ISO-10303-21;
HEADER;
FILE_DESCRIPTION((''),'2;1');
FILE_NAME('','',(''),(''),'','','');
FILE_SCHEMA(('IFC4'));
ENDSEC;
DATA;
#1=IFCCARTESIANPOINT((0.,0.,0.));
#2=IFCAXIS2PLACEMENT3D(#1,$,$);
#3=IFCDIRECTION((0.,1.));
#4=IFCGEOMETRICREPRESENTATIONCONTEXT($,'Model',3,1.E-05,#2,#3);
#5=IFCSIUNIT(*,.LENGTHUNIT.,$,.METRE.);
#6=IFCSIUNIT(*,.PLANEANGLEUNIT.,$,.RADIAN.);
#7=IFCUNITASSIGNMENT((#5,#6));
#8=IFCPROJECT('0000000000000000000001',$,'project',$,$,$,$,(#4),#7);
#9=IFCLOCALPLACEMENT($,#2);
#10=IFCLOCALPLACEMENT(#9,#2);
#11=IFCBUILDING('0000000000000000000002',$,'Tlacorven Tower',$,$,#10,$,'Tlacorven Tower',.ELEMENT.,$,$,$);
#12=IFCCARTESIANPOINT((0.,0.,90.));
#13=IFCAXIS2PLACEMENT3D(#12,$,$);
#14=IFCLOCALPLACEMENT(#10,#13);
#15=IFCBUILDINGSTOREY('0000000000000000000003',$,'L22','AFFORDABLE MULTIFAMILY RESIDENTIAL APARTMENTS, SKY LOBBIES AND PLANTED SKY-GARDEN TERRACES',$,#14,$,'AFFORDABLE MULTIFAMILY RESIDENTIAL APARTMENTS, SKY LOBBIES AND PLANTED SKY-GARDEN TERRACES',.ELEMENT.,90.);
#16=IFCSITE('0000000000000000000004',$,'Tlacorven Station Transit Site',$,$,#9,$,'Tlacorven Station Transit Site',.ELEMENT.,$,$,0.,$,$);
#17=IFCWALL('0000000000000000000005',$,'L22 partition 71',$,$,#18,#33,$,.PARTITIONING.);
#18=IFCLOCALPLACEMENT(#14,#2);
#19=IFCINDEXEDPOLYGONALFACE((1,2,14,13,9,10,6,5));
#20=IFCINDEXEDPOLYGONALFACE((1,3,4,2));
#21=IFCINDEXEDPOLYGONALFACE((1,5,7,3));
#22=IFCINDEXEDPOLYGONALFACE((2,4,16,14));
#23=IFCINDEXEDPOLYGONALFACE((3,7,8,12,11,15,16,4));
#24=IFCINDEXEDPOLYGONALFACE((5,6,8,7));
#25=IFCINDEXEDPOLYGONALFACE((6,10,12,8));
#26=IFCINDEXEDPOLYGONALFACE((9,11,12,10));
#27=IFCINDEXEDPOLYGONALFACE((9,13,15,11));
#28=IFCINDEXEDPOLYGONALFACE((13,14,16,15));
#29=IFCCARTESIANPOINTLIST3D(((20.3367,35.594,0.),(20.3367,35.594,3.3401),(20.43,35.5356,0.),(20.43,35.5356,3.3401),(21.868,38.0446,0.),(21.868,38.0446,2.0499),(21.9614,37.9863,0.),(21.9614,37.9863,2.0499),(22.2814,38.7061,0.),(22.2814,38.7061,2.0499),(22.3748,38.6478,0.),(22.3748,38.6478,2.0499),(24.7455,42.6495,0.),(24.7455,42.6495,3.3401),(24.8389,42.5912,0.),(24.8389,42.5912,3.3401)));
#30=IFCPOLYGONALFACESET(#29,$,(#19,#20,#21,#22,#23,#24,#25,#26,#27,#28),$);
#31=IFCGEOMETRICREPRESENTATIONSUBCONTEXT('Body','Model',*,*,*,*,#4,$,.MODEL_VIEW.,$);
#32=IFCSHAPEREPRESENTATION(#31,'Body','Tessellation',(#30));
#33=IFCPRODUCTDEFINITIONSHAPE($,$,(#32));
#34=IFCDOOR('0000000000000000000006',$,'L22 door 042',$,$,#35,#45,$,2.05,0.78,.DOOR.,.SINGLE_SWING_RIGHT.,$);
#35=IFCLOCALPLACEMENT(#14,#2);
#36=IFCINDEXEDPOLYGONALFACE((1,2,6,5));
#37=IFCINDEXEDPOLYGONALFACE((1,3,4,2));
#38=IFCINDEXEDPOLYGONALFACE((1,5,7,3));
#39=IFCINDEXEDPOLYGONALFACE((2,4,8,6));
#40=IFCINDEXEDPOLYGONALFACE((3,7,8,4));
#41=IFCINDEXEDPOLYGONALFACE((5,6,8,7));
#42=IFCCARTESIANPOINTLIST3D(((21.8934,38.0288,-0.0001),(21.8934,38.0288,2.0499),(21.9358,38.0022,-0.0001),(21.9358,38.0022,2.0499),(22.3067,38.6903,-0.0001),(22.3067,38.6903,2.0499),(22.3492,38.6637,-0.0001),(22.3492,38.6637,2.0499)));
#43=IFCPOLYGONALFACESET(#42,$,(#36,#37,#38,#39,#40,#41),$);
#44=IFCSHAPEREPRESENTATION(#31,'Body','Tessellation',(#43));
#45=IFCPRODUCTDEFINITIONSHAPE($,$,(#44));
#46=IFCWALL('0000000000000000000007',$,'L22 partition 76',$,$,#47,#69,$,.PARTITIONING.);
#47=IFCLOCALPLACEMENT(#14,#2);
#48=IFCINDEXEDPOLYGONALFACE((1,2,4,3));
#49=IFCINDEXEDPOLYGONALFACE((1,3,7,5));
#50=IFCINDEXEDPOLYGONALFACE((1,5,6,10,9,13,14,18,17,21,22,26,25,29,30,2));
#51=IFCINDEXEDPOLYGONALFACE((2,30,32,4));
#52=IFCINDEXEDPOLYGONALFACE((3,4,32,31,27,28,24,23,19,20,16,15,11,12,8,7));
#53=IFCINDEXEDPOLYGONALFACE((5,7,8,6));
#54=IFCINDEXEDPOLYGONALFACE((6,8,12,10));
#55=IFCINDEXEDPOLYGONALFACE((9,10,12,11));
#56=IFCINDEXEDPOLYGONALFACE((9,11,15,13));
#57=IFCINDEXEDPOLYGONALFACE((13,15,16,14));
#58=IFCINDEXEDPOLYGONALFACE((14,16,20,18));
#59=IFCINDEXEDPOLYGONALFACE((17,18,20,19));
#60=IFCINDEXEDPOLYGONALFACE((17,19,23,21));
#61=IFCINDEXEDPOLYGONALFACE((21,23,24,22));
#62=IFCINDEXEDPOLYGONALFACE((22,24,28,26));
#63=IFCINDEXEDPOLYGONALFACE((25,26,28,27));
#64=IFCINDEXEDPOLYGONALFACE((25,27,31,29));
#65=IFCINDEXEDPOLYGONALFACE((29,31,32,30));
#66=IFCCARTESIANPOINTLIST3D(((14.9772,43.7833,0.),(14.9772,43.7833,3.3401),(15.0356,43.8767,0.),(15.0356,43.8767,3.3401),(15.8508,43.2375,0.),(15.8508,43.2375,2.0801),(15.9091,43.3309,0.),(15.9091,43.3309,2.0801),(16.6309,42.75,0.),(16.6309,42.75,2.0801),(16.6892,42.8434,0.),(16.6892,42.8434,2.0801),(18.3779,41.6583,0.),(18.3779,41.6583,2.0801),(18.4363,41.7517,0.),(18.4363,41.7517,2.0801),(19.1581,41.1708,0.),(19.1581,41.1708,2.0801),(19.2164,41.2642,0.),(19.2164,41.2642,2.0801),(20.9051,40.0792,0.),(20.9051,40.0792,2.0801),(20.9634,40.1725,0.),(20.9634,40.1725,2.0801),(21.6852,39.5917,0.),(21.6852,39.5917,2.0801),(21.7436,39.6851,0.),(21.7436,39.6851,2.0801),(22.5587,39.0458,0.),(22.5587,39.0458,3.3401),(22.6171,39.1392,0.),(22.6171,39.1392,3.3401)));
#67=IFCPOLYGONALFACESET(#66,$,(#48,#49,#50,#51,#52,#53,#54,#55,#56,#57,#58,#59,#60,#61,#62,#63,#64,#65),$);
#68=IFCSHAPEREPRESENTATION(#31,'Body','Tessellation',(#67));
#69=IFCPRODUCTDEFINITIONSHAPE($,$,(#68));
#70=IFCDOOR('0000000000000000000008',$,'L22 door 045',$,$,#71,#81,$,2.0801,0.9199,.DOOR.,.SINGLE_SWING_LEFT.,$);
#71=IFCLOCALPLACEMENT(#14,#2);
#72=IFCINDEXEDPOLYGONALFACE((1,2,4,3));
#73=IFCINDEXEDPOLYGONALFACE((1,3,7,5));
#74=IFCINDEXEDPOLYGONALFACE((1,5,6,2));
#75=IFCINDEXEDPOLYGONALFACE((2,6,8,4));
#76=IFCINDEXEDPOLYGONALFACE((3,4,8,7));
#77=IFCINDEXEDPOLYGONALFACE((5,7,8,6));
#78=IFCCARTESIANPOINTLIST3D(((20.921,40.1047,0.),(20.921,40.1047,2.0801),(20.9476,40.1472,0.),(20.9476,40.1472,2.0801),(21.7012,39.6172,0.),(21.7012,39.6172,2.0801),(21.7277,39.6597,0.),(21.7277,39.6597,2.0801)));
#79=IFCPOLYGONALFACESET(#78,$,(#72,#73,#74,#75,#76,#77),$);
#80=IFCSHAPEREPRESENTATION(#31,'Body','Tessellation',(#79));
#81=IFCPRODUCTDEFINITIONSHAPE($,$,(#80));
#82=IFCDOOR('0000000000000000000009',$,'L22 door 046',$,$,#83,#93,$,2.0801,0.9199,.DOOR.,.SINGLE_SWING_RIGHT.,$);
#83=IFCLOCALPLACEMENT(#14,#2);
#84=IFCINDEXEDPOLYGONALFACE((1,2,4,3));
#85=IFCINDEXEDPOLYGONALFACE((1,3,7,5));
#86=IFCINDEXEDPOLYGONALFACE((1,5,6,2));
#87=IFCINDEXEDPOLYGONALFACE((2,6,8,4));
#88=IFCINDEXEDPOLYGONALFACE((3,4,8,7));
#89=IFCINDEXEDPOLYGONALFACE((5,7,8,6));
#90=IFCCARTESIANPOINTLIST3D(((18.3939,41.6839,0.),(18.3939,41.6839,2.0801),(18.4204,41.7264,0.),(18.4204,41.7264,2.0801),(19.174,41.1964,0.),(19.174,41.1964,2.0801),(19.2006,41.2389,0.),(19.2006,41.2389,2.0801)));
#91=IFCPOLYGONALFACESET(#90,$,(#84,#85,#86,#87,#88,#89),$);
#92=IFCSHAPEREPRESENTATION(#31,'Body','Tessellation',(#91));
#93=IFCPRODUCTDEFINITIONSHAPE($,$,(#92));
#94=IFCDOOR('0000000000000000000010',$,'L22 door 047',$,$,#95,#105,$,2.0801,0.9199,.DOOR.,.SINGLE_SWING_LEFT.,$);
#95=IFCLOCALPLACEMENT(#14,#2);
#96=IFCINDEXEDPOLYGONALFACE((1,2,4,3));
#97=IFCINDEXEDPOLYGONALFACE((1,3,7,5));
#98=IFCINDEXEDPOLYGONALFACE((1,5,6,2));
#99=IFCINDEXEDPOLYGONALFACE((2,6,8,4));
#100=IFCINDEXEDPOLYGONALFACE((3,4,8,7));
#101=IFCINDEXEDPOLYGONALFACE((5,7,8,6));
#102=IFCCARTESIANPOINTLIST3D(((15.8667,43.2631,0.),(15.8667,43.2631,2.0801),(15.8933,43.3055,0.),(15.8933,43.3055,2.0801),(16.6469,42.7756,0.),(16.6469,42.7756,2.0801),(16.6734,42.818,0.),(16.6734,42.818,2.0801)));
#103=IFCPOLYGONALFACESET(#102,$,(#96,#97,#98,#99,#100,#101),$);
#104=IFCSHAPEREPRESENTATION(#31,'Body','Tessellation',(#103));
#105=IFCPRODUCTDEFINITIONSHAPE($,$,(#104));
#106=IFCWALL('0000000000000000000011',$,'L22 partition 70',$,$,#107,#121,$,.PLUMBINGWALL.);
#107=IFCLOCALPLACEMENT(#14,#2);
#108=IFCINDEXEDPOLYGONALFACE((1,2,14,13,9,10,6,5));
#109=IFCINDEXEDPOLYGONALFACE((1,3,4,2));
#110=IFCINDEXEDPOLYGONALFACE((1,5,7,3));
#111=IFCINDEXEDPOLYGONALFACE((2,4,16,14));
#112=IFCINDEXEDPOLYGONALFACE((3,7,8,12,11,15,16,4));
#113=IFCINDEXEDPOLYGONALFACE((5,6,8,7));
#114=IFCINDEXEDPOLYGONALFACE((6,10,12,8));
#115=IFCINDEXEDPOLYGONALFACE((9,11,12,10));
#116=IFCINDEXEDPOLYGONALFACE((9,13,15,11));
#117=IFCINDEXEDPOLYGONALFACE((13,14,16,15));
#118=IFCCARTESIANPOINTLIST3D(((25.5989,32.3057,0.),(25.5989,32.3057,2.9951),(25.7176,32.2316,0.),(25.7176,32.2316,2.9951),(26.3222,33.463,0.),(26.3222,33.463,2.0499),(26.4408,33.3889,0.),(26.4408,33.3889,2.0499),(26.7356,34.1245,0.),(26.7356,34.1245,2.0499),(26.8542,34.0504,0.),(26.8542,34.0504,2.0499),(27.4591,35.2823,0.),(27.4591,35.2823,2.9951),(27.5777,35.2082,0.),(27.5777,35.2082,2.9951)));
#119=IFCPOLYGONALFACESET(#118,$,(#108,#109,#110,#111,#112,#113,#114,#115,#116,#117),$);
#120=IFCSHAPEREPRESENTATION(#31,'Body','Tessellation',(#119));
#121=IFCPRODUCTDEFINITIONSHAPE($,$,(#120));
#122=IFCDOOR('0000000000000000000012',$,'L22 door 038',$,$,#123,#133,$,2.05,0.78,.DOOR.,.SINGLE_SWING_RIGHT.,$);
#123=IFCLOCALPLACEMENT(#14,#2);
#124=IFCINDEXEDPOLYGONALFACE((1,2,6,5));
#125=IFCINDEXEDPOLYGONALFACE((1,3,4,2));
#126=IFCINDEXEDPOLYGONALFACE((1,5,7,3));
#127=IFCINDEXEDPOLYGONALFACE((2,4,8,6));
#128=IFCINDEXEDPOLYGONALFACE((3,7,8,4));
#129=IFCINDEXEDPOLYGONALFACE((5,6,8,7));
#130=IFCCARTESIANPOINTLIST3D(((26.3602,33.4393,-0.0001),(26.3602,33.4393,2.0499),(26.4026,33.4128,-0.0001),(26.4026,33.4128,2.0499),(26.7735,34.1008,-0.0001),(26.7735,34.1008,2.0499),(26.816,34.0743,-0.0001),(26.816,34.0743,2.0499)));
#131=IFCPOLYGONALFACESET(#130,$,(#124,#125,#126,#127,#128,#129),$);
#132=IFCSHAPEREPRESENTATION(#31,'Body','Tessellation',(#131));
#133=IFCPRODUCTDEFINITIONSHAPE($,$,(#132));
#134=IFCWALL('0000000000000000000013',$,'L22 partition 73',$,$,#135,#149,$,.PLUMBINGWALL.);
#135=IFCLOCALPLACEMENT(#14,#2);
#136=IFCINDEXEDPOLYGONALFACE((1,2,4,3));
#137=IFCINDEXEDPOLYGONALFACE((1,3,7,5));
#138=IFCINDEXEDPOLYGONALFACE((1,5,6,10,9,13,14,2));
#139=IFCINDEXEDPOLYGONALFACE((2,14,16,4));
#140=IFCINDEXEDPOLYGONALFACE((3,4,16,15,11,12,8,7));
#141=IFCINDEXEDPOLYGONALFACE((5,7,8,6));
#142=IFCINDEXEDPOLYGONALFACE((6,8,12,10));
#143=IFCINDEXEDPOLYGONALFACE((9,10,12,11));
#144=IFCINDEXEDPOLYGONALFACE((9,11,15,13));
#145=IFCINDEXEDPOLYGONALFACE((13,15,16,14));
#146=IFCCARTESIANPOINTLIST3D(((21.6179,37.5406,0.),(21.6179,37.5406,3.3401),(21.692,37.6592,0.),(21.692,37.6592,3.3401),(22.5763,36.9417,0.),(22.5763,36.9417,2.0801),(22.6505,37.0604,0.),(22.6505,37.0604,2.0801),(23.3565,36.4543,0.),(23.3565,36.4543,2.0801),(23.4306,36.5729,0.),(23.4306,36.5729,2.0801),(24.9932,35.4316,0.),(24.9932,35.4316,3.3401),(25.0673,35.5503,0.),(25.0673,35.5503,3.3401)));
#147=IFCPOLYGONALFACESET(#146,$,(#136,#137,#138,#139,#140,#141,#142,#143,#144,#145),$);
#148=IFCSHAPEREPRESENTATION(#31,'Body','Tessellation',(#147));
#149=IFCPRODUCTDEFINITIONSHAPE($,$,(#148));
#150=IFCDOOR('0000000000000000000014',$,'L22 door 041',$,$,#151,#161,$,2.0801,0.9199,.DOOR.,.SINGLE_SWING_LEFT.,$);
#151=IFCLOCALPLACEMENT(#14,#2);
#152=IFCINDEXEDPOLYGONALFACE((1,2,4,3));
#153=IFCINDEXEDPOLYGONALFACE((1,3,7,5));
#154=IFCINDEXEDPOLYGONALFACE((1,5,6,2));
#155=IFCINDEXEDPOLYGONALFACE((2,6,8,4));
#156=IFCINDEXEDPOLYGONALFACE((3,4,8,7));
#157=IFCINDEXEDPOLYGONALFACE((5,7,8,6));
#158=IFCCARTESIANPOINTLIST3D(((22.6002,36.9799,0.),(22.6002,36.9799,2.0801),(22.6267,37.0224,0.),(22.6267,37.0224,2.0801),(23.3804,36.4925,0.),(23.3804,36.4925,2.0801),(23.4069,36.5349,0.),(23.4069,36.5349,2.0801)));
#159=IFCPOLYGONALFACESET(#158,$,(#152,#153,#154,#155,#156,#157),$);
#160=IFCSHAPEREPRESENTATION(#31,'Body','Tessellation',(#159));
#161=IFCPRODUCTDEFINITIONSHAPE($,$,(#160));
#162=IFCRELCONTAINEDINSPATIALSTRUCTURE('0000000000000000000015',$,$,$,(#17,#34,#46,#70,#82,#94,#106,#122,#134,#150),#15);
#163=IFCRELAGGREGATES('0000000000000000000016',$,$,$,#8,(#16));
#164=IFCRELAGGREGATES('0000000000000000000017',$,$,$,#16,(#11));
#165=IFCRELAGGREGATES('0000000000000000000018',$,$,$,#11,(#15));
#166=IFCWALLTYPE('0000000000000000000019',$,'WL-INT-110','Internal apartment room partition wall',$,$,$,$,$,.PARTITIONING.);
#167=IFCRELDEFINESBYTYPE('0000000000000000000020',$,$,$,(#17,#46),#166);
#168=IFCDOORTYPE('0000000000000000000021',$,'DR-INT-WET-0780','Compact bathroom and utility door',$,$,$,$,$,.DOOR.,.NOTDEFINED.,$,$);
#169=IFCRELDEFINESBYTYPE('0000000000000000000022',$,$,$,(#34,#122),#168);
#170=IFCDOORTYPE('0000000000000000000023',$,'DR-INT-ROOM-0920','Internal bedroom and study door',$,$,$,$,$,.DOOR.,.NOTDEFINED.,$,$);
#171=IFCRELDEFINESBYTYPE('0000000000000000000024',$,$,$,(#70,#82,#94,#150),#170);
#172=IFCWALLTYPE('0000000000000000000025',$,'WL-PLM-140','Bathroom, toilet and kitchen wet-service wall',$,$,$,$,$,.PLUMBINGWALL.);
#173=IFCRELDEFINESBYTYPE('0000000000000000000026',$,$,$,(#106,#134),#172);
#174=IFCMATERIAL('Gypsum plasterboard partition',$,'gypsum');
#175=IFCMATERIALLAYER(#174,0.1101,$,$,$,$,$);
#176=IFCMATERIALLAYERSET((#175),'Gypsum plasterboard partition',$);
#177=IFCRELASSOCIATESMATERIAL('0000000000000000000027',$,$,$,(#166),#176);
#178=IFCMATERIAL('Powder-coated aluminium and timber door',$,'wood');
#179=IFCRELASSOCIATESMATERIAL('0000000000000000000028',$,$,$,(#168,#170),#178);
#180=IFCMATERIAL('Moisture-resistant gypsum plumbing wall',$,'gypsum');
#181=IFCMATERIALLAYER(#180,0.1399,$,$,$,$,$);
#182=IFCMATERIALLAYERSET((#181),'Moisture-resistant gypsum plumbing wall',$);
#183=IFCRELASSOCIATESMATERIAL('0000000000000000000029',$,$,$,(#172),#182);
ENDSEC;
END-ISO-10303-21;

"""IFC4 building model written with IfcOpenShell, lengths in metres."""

from ifc_helpers import new_model, si_unit, direction, frame, frame_2d, origin, place, context, subcontext, project, spatial, rectangle, extrude, source, transform, mapped, material, layer, layer_set, type_object, element, fill, save


model = new_model("IFC4")

# Units and contexts
model_context = context("Model", 3, precision=1e-05, world=origin(), true_north=direction((0.0, 1.0)))
body_context = subcontext(model_context, "Body", "Model", "MODEL_VIEW")
ifc_project = project(units=[si_unit("LENGTHUNIT", "METRE"), si_unit("PLANEANGLEUNIT", "RADIAN")], contexts=[model_context])

# Site, building, storey
site_placement = place(None, origin())
site = spatial("IfcSite", under=ifc_project, at=site_placement, Name="Tlacorven Station Transit Site", LongName="Tlacorven Station Transit Site", CompositionType="ELEMENT", RefElevation=0.0)
building_placement = place(site_placement, origin())
building = spatial("IfcBuilding", under=site, at=building_placement, Name="Tlacorven Tower", LongName="Tlacorven Tower", CompositionType="ELEMENT")
storey_placement = place(building_placement, frame((0.0, 0.0, 90.0)))
storey = spatial("IfcBuildingStorey", under=building, at=storey_placement, Name="L22", Description="AFFORDABLE MULTIFAMILY RESIDENTIAL APARTMENTS, SKY LOBBIES AND PLANTED SKY-GARDEN TERRACES", LongName="AFFORDABLE MULTIFAMILY RESIDENTIAL APARTMENTS, SKY LOBBIES AND PLANTED SKY-GARDEN TERRACES", CompositionType="ELEMENT", Elevation=90.0)

# Wall, opening, door
ifc_material_1 = material(Name="Gypsum plasterboard partition", Category="gypsum")
ifc_layer_1 = layer(ifc_material_1, 0.1101)
ifc_layer_set_1 = layer_set([ifc_layer_1], Name="Gypsum plasterboard partition")
wall_type_1 = type_object("IfcWallType", Name="WL-INT-110", Description="Internal apartment room partition wall", PredefinedType="PARTITIONING", material=ifc_layer_set_1)
wall_1_placement = place(storey_placement, frame((24.7922, 42.6204, 0.0), z_axis=(0.0, 0.0, 1.0), x_axis=(-0.529925, -0.848044, 0.0)))
wall_1 = element("IfcWall", 1, at=wall_1_placement, inside=storey, type_object=wall_type_1, Name="L22 partition 71", PredefinedType="PARTITIONING", context=body_context, shape_type="SweptSolid", body=[
    extrude(rectangle(XDim=8.3198, YDim=0.1101, at=frame_2d((4.1599, 0.0))), origin(), (0.0, 0.0, 1.0), 3.3401),
])
opening_1_placement = place(wall_1_placement, frame((4.6499, 0.0, 0.0)))
opening_1 = element("IfcOpeningElement", 2, at=opening_1_placement, cuts=wall_1, PredefinedType="OPENING", context=body_context, shape_type="SweptSolid", body=[
    extrude(rectangle(XDim=0.78, YDim=2.05, at=frame_2d((0.3901, 1.0249))), frame((0.0, 0.0649, 0.0), z_axis=(0.0, -1.0, 0.0), x_axis=(1.0, 0.0, 0.0)), (0.0, 0.0, 1.0), 0.1301),
])
ifc_material_2 = material(Name="Powder-coated aluminium and timber door", Category="wood")
door_type_1 = type_object("IfcDoorType", Name="DR-INT-WET-0780", Description="Compact bathroom and utility door", OperationType="NOTDEFINED", PredefinedType="DOOR", material=ifc_material_2)
shared_shape_1 = source(origin(), body_context, "Body", "SweptSolid", [
    extrude(rectangle(XDim=0.78, YDim=2.05, at=frame_2d((0.3901, 1.0249))), frame((0.0, 0.0249, 0.0), z_axis=(0.0, -1.0, 0.0), x_axis=(1.0, 0.0, 0.0)), (0.0, 0.0, 1.0), 0.05),
])
door_1_placement = place(opening_1_placement, origin())
door_1 = element("IfcDoor", 3, at=door_1_placement, inside=storey, type_object=door_type_1, Name="L22 door 042", OperationType="SINGLE_SWING_RIGHT", OverallHeight=2.05, OverallWidth=0.78, PredefinedType="DOOR", context=body_context, shape_type="MappedRepresentation", body=[
    mapped(shared_shape_1, transform((0.0, 0.0, 0.0), scale=1.0)),
])
fill(opening_1, door_1)

# Wall, openings, doors
wall_2_placement = place(storey_placement, frame((22.5879, 39.0925, 0.0), z_axis=(0.0, 0.0, 1.0), x_axis=(-0.848044, 0.529925, 0.0)))
wall_2 = element("IfcWall", 4, at=wall_2_placement, inside=storey, type_object=wall_type_1, Name="L22 partition 76", PredefinedType="PARTITIONING", context=body_context, shape_type="SweptSolid", body=[
    extrude(rectangle(XDim=8.9399, YDim=0.1101, at=frame_2d((4.47, 0.0))), origin(), (0.0, 0.0, 1.0), 3.3401),
])
opening_2_placement = place(wall_2_placement, frame((1.03, 0.0, 0.0)))
opening_2 = element("IfcOpeningElement", 5, at=opening_2_placement, cuts=wall_2, PredefinedType="OPENING", context=body_context, shape_type="SweptSolid", body=[
    extrude(rectangle(XDim=0.9199, YDim=2.0801, at=frame_2d((0.46, 1.04))), frame((0.0, 0.0649, 0.0), z_axis=(0.0, -1.0, 0.0), x_axis=(1.0, 0.0, 0.0)), (0.0, 0.0, 1.0), 0.1301),
])
opening_3_placement = place(wall_2_placement, frame((4.01, 0.0, 0.0)))
opening_3 = element("IfcOpeningElement", 6, at=opening_3_placement, cuts=wall_2, PredefinedType="OPENING", context=body_context, shape_type="SweptSolid", body=[
    extrude(rectangle(XDim=0.9199, YDim=2.0801, at=frame_2d((0.46, 1.04))), frame((0.0, 0.0649, 0.0), z_axis=(0.0, -1.0, 0.0), x_axis=(1.0, 0.0, 0.0)), (0.0, 0.0, 1.0), 0.1301),
])
opening_4_placement = place(wall_2_placement, frame((6.99, 0.0, 0.0)))
opening_4 = element("IfcOpeningElement", 7, at=opening_4_placement, cuts=wall_2, PredefinedType="OPENING", context=body_context, shape_type="SweptSolid", body=[
    extrude(rectangle(XDim=0.9199, YDim=2.0801, at=frame_2d((0.46, 1.04))), frame((0.0, 0.0649, 0.0), z_axis=(0.0, -1.0, 0.0), x_axis=(1.0, 0.0, 0.0)), (0.0, 0.0, 1.0), 0.1301),
])
door_type_2 = type_object("IfcDoorType", Name="DR-INT-ROOM-0920", Description="Internal bedroom and study door", OperationType="NOTDEFINED", PredefinedType="DOOR", material=ifc_material_2)
shared_shape_2 = source(origin(), body_context, "Body", "SweptSolid", [
    extrude(rectangle(XDim=0.9199, YDim=2.0801, at=frame_2d((0.46, 1.04))), frame((0.0, 0.0249, 0.0), z_axis=(0.0, -1.0, 0.0), x_axis=(1.0, 0.0, 0.0)), (0.0, 0.0, 1.0), 0.05),
])
door_2_placement = place(opening_2_placement, origin())
door_2 = element("IfcDoor", 8, at=door_2_placement, inside=storey, type_object=door_type_2, Name="L22 door 045", OperationType="SINGLE_SWING_LEFT", OverallHeight=2.0801, OverallWidth=0.9199, PredefinedType="DOOR", context=body_context, shape_type="MappedRepresentation", body=[
    mapped(shared_shape_2, transform((0.0, 0.0, 0.0), scale=1.0)),
])
fill(opening_2, door_2)
door_3_placement = place(opening_3_placement, origin())
door_3 = element("IfcDoor", 9, at=door_3_placement, inside=storey, type_object=door_type_2, Name="L22 door 046", OperationType="SINGLE_SWING_RIGHT", OverallHeight=2.0801, OverallWidth=0.9199, PredefinedType="DOOR", context=body_context, shape_type="MappedRepresentation", body=[
    mapped(shared_shape_2, transform((0.0, 0.0, 0.0), scale=1.0)),
])
fill(opening_3, door_3)
door_4_placement = place(opening_4_placement, origin())
door_4 = element("IfcDoor", 10, at=door_4_placement, inside=storey, type_object=door_type_2, Name="L22 door 047", OperationType="SINGLE_SWING_LEFT", OverallHeight=2.0801, OverallWidth=0.9199, PredefinedType="DOOR", context=body_context, shape_type="MappedRepresentation", body=[
    mapped(shared_shape_2, transform((0.0, 0.0, 0.0), scale=1.0)),
])
fill(opening_4, door_4)

# Walls, openings, doors
ifc_material_3 = material(Name="Moisture-resistant gypsum plumbing wall", Category="gypsum")
ifc_layer_2 = layer(ifc_material_3, 0.1399)
ifc_layer_set_2 = layer_set([ifc_layer_2], Name="Moisture-resistant gypsum plumbing wall")
wall_type_2 = type_object("IfcWallType", Name="WL-PLM-140", Description="Bathroom, toilet and kitchen wet-service wall", PredefinedType="PLUMBINGWALL", material=ifc_layer_set_2)
wall_3_placement = place(storey_placement, frame((27.5183, 35.2451, 0.0), z_axis=(0.0, 0.0, 1.0), x_axis=(-0.529949, -0.84803, 0.0)))
wall_3 = element("IfcWall", 11, at=wall_3_placement, inside=storey, type_object=wall_type_2, Name="L22 partition 70", PredefinedType="PLUMBINGWALL", context=body_context, shape_type="SweptSolid", body=[
    extrude(rectangle(XDim=3.51, YDim=0.1399, at=frame_2d((1.7549, 0.0))), origin(), (0.0, 0.0, 1.0), 2.9951),
])
opening_5_placement = place(wall_3_placement, frame((1.365, 0.0, 0.0)))
opening_5 = element("IfcOpeningElement", 12, at=opening_5_placement, cuts=wall_3, PredefinedType="OPENING", context=body_context, shape_type="SweptSolid", body=[
    extrude(rectangle(XDim=0.78, YDim=2.05, at=frame_2d((0.3901, 1.0249))), frame((0.0, 0.0801, 0.0), z_axis=(0.0, -1.0, 0.0), x_axis=(1.0, 0.0, 0.0)), (0.0, 0.0, 1.0), 0.1599),
])
door_5_placement = place(opening_5_placement, origin())
door_5 = element("IfcDoor", 13, at=door_5_placement, inside=storey, type_object=door_type_1, Name="L22 door 038", OperationType="SINGLE_SWING_RIGHT", OverallHeight=2.05, OverallWidth=0.78, PredefinedType="DOOR", context=body_context, shape_type="MappedRepresentation", body=[
    mapped(shared_shape_1, transform((0.0, 0.0, 0.0), scale=1.0)),
])
fill(opening_5, door_5)
wall_4_placement = place(storey_placement, frame((25.0303, 35.491, 0.0), z_axis=(0.0, 0.0, 1.0), x_axis=(-0.848071, 0.529883, 0.0)))
wall_4 = element("IfcWall", 14, at=wall_4_placement, inside=storey, type_object=wall_type_2, Name="L22 partition 73", PredefinedType="PLUMBINGWALL", context=body_context, shape_type="SweptSolid", body=[
    extrude(rectangle(XDim=3.98, YDim=0.1399, at=frame_2d((1.99, 0.0))), origin(), (0.0, 0.0, 1.0), 3.3401),
])
opening_6_placement = place(wall_4_placement, frame((1.9299, 0.0, 0.0)))
opening_6 = element("IfcOpeningElement", 15, at=opening_6_placement, cuts=wall_4, PredefinedType="OPENING", context=body_context, shape_type="SweptSolid", body=[
    extrude(rectangle(XDim=0.9199, YDim=2.0801, at=frame_2d((0.46, 1.04))), frame((0.0, 0.0801, 0.0), z_axis=(0.0, -1.0, 0.0), x_axis=(1.0, 0.0, 0.0)), (0.0, 0.0, 1.0), 0.1599),
])
door_6_placement = place(opening_6_placement, origin())
door_6 = element("IfcDoor", 16, at=door_6_placement, inside=storey, type_object=door_type_2, Name="L22 door 041", OperationType="SINGLE_SWING_LEFT", OverallHeight=2.0801, OverallWidth=0.9199, PredefinedType="DOOR", context=body_context, shape_type="MappedRepresentation", body=[
    mapped(shared_shape_2, transform((0.0, 0.0, 0.0), scale=1.0)),
])
fill(opening_6, door_6)

save(model, "model.ifc")
